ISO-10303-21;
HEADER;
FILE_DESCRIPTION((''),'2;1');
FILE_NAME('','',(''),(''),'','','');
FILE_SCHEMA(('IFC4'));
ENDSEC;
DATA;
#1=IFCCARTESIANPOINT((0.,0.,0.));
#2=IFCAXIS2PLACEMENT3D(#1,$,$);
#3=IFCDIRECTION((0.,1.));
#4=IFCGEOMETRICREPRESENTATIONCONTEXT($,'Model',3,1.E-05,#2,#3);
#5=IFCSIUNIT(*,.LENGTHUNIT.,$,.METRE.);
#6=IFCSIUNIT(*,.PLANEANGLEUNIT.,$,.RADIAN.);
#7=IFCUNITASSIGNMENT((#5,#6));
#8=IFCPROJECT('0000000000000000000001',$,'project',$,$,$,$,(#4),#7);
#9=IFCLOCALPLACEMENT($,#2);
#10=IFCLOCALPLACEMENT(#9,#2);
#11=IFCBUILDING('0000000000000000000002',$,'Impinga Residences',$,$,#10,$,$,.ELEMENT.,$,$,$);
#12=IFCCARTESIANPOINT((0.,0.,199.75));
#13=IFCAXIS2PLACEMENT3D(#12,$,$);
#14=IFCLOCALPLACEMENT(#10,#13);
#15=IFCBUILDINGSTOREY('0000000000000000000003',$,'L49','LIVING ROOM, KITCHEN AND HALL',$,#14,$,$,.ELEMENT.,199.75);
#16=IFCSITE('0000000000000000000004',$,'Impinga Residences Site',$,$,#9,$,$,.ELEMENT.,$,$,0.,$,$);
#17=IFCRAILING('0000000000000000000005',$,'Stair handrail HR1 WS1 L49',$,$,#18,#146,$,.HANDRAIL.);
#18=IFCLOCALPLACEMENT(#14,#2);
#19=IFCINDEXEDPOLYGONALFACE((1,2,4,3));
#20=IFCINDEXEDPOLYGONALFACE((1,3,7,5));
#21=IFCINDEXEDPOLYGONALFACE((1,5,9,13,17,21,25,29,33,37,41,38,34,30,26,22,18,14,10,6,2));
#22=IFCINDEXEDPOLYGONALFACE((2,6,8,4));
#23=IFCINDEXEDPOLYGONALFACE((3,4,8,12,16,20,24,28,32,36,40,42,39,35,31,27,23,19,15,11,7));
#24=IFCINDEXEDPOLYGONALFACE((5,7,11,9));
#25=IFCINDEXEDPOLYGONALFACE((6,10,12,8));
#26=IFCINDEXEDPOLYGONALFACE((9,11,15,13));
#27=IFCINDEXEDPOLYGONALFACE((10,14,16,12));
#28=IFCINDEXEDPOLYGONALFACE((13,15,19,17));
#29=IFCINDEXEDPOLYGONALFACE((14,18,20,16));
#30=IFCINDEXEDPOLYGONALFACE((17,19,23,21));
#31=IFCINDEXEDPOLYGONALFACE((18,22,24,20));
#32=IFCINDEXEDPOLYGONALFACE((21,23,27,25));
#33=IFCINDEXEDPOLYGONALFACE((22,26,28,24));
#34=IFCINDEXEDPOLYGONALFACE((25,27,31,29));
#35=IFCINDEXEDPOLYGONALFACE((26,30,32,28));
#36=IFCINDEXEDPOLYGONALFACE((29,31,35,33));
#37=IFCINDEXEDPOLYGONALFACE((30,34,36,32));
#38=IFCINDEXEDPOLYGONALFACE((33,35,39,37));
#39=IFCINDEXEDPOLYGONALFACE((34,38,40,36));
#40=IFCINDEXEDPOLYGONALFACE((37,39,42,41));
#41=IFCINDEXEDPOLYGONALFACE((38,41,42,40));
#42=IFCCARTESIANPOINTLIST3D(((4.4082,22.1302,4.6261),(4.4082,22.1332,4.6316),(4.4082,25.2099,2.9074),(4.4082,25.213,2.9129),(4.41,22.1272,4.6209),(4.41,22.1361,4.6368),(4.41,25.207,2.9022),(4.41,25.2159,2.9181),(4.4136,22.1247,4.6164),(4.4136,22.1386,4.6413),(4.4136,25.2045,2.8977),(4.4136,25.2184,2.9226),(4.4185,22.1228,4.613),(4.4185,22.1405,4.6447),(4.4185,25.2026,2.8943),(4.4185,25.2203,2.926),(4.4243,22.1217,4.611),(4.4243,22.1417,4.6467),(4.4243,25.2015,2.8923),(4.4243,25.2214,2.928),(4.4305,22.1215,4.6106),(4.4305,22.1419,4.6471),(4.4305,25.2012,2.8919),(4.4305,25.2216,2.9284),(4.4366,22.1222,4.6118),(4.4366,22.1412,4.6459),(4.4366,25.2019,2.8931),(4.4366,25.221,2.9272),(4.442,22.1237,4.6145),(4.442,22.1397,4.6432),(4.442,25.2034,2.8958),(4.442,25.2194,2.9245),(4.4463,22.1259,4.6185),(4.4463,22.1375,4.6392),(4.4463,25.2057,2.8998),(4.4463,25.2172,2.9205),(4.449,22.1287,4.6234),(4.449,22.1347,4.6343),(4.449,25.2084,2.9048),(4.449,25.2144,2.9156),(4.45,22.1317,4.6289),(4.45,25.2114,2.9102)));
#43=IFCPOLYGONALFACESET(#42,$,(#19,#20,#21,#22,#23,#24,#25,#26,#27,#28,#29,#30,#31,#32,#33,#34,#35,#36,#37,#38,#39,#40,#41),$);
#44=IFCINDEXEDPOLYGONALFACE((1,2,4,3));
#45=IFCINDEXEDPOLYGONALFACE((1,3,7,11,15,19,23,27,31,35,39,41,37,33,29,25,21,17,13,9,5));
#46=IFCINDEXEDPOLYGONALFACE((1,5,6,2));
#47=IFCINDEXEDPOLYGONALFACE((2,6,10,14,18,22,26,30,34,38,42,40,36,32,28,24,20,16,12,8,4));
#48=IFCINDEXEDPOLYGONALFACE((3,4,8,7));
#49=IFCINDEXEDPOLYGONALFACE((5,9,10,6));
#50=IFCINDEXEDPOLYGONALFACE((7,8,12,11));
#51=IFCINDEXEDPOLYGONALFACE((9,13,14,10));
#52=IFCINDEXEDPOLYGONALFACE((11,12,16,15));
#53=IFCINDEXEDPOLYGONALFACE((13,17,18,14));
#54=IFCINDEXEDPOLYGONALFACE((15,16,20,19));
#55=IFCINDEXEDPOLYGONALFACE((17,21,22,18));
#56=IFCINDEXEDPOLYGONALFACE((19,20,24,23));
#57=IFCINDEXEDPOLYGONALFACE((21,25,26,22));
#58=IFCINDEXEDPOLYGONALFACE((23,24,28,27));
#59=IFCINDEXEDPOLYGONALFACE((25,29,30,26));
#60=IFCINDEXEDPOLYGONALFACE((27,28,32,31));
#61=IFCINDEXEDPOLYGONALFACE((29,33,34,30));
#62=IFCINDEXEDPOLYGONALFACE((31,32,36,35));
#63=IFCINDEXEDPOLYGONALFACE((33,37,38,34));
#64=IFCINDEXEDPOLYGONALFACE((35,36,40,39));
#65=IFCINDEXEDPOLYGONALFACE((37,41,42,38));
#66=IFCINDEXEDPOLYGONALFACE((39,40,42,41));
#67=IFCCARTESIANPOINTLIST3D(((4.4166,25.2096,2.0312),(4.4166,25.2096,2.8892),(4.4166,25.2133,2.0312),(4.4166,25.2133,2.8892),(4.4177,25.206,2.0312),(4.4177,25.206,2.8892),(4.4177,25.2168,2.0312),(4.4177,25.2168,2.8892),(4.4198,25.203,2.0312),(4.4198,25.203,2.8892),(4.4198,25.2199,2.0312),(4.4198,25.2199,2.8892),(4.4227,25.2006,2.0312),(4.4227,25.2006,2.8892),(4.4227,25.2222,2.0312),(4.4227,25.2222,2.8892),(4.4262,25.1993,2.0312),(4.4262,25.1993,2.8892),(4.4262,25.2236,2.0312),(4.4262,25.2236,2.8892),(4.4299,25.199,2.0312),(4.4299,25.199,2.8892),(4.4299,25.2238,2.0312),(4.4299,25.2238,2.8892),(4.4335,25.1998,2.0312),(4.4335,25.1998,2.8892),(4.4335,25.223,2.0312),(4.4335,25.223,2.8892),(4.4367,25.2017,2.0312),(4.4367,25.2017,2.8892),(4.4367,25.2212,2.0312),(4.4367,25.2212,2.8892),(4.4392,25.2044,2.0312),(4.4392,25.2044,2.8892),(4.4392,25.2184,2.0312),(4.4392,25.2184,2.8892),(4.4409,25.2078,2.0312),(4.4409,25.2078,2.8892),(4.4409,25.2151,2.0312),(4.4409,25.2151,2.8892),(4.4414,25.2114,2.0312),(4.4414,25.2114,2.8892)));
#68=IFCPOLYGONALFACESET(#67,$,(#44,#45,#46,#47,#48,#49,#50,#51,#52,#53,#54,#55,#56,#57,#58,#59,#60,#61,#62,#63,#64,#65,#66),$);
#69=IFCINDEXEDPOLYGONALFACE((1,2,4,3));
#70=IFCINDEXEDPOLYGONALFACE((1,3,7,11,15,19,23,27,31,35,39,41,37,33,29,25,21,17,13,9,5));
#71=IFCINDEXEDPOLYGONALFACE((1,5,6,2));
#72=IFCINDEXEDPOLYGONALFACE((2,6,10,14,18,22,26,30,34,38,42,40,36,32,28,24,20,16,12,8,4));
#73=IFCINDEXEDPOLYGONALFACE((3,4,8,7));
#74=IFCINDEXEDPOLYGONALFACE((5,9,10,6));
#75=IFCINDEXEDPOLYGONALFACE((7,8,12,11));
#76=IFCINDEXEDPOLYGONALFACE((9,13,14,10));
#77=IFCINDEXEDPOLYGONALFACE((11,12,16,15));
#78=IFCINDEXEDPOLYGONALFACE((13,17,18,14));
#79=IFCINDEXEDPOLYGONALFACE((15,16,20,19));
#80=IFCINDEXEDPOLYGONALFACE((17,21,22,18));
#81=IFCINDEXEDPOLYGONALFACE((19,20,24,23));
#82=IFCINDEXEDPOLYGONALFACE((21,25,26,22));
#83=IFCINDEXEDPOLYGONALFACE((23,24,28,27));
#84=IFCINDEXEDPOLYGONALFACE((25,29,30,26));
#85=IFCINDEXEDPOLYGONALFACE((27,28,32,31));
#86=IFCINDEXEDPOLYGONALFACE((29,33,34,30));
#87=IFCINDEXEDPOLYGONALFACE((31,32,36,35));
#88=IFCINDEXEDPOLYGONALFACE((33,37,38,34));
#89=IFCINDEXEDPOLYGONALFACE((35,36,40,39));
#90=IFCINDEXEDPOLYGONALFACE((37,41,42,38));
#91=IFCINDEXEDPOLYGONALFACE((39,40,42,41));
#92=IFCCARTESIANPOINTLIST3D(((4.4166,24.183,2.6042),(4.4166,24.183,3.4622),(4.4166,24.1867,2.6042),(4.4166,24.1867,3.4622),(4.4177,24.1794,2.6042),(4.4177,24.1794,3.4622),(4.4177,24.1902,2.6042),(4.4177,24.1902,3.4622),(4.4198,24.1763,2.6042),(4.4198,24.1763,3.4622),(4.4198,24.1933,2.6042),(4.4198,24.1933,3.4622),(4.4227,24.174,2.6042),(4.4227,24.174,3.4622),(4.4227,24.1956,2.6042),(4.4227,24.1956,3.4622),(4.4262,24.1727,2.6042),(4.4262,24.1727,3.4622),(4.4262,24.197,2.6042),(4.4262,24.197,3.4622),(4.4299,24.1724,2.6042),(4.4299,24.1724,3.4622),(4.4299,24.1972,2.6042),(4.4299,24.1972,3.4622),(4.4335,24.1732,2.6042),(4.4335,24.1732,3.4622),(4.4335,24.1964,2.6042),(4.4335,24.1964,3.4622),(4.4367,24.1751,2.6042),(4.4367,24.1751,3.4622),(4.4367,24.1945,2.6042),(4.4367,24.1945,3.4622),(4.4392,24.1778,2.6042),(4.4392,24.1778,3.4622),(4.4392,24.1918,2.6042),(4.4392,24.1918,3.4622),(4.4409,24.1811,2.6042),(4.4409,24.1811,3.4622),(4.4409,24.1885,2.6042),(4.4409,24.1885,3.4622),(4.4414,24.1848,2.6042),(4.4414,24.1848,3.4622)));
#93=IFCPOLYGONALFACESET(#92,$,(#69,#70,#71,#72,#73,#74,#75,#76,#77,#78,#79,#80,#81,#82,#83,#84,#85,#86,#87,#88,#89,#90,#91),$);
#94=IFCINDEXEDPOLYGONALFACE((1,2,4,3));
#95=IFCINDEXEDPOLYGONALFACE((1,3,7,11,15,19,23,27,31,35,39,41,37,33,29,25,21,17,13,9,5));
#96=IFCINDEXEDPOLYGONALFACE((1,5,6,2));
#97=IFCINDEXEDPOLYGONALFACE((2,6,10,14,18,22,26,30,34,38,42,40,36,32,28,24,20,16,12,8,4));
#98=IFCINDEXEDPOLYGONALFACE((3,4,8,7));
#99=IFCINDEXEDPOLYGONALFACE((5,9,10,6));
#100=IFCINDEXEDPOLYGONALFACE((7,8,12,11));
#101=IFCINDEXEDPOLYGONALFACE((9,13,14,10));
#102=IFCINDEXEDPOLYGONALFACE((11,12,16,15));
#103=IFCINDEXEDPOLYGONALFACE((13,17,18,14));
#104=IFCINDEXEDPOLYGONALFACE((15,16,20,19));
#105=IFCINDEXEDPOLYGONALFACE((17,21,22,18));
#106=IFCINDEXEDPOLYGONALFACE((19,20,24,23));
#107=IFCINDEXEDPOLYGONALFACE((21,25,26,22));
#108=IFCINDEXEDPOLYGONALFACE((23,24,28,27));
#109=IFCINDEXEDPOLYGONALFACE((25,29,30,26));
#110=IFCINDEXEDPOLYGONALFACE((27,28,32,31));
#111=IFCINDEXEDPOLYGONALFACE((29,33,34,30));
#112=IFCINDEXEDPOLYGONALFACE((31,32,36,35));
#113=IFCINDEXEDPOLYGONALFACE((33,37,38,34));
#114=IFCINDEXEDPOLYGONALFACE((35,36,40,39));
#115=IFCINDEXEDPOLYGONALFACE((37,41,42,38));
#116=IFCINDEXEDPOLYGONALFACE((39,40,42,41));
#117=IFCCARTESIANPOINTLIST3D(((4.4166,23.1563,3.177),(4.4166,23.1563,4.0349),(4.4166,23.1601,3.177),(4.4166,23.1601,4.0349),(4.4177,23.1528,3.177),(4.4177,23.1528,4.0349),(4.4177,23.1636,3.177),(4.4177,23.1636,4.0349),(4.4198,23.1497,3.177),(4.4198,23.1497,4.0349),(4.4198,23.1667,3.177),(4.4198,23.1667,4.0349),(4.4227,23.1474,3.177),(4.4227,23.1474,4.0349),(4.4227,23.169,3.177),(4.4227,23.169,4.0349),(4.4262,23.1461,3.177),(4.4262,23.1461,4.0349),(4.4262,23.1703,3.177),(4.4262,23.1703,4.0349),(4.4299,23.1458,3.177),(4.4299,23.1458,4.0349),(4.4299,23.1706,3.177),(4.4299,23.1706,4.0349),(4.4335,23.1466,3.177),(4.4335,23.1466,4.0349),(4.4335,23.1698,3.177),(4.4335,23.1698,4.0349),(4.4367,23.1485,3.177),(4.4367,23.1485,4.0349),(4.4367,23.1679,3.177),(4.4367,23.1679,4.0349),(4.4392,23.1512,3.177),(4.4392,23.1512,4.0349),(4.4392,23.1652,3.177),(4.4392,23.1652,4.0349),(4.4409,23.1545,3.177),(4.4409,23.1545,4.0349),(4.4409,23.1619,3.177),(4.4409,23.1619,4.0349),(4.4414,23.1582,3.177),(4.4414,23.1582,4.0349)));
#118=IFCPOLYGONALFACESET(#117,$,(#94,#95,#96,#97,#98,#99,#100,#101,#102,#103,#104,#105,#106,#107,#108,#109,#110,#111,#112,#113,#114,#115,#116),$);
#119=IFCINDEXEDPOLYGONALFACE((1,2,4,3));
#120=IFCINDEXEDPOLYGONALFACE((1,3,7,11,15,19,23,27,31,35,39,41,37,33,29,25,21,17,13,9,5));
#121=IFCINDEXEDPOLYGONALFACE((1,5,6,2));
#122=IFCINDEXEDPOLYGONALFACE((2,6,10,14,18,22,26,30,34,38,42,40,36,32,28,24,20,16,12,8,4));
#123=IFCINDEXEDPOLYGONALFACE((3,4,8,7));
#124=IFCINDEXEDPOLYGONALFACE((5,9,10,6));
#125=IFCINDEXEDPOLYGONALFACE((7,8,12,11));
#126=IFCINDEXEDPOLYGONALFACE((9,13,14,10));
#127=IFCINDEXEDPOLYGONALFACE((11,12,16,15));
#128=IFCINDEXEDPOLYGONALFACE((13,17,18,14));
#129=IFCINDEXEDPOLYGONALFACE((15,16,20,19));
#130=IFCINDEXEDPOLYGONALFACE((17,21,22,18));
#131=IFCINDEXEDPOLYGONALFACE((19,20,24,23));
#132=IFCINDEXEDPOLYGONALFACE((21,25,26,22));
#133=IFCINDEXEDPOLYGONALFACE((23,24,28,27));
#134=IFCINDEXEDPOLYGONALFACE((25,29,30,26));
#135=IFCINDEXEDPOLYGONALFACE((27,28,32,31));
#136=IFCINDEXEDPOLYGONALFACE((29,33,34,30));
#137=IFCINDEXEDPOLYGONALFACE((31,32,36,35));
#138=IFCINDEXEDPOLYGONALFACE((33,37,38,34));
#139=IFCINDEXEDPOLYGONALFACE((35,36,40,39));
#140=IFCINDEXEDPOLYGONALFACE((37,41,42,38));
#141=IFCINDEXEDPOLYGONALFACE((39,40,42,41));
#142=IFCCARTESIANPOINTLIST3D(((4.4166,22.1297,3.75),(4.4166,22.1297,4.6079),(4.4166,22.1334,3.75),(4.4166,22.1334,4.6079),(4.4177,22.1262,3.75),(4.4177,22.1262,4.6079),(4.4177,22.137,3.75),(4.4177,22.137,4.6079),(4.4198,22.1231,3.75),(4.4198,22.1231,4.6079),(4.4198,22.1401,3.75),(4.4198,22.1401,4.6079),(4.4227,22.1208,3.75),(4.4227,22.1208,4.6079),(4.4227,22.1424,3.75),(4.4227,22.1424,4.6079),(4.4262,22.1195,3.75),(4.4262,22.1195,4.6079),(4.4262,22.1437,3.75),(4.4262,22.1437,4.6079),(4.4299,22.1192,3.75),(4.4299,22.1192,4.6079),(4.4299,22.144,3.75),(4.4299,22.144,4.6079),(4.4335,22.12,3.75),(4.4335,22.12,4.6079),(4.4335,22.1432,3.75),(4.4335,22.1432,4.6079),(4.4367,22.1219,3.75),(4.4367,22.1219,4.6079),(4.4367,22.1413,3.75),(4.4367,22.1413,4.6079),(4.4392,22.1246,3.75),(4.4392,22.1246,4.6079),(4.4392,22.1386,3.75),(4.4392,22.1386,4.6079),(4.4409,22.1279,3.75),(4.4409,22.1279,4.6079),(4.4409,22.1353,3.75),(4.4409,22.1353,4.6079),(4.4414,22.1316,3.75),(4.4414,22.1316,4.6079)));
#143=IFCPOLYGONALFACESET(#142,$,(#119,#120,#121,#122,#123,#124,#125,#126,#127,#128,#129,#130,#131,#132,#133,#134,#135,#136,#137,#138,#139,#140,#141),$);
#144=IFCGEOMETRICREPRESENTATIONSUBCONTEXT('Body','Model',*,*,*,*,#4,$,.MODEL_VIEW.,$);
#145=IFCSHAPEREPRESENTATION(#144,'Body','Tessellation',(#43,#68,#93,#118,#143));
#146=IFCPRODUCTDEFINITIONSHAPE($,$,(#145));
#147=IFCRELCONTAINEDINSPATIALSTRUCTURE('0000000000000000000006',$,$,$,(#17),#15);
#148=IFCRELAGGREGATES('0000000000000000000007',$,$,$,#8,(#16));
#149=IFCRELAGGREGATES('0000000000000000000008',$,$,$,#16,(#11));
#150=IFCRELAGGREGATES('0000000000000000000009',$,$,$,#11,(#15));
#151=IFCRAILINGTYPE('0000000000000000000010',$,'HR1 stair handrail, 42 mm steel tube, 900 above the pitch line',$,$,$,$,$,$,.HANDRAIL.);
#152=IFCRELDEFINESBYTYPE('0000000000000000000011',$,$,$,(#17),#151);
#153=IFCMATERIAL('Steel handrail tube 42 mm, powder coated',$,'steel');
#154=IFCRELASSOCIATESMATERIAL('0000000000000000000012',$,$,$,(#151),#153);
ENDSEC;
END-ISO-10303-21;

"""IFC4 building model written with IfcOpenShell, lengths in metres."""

from ifc_helpers import new_model, si_unit, direction, frame, origin, origin_2d, place, context, subcontext, project, spatial, circle, extrude, material, type_object, element, save


model = new_model("IFC4")

# Units and contexts
model_context = context("Model", 3, precision=1e-05, world=origin(), true_north=direction((0.0, 1.0)))
body_context = subcontext(model_context, "Body", "Model", "MODEL_VIEW")
ifc_project = project(units=[si_unit("LENGTHUNIT", "METRE"), si_unit("PLANEANGLEUNIT", "RADIAN")], contexts=[model_context])

# Site, building, storey
site_placement = place(None, origin())
site = spatial("IfcSite", under=ifc_project, at=site_placement, Name="Impinga Residences Site", CompositionType="ELEMENT", RefElevation=0.0)
building_placement = place(site_placement, origin())
building = spatial("IfcBuilding", under=site, at=building_placement, Name="Impinga Residences", CompositionType="ELEMENT")
storey_placement = place(building_placement, frame((0.0, 0.0, 199.75)))
storey = spatial("IfcBuildingStorey", under=building, at=storey_placement, Name="L49", Description="LIVING ROOM, KITCHEN AND HALL", CompositionType="ELEMENT", Elevation=199.75)

# Railing
ifc_material_1 = material(Name="Steel handrail tube 42 mm, powder coated", Category="steel")
railing_type_1 = type_object("IfcRailingType", Name="HR1 stair handrail, 42 mm steel tube, 900 above the pitch line", PredefinedType="HANDRAIL", material=ifc_material_1)
railing_1_placement = place(storey_placement, frame((4.429, 25.2114, 2.0312)))
element("IfcRailing", 1, at=railing_1_placement, inside=storey, type_object=railing_type_1, Name="Stair handrail HR1 WS1 L49", PredefinedType="HANDRAIL", context=body_context, shape_type="SweptSolid", body=[
    extrude(circle(Radius=0.021, at=origin_2d()), frame((0.0, 0.0, 0.8789), z_axis=(0.0, -0.873225, 0.487317), x_axis=(1.0, 0.0, 0.0)), (0.0, 0.0, 1.0), 3.5269),
    extrude(circle(Radius=0.0125, at=origin_2d()), origin(), (0.0, 0.0, 1.0), 0.8579),
    extrude(circle(Radius=0.0125, at=origin_2d()), frame((0.0, -1.0266, 0.573)), (0.0, 0.0, 1.0), 0.8579),
    extrude(circle(Radius=0.0125, at=origin_2d()), frame((0.0, -2.0532, 1.1458)), (0.0, 0.0, 1.0), 0.8579),
    extrude(circle(Radius=0.0125, at=origin_2d()), frame((0.0, -3.0798, 1.7188)), (0.0, 0.0, 1.0), 0.8579),
])

save(model, "model.ifc")
